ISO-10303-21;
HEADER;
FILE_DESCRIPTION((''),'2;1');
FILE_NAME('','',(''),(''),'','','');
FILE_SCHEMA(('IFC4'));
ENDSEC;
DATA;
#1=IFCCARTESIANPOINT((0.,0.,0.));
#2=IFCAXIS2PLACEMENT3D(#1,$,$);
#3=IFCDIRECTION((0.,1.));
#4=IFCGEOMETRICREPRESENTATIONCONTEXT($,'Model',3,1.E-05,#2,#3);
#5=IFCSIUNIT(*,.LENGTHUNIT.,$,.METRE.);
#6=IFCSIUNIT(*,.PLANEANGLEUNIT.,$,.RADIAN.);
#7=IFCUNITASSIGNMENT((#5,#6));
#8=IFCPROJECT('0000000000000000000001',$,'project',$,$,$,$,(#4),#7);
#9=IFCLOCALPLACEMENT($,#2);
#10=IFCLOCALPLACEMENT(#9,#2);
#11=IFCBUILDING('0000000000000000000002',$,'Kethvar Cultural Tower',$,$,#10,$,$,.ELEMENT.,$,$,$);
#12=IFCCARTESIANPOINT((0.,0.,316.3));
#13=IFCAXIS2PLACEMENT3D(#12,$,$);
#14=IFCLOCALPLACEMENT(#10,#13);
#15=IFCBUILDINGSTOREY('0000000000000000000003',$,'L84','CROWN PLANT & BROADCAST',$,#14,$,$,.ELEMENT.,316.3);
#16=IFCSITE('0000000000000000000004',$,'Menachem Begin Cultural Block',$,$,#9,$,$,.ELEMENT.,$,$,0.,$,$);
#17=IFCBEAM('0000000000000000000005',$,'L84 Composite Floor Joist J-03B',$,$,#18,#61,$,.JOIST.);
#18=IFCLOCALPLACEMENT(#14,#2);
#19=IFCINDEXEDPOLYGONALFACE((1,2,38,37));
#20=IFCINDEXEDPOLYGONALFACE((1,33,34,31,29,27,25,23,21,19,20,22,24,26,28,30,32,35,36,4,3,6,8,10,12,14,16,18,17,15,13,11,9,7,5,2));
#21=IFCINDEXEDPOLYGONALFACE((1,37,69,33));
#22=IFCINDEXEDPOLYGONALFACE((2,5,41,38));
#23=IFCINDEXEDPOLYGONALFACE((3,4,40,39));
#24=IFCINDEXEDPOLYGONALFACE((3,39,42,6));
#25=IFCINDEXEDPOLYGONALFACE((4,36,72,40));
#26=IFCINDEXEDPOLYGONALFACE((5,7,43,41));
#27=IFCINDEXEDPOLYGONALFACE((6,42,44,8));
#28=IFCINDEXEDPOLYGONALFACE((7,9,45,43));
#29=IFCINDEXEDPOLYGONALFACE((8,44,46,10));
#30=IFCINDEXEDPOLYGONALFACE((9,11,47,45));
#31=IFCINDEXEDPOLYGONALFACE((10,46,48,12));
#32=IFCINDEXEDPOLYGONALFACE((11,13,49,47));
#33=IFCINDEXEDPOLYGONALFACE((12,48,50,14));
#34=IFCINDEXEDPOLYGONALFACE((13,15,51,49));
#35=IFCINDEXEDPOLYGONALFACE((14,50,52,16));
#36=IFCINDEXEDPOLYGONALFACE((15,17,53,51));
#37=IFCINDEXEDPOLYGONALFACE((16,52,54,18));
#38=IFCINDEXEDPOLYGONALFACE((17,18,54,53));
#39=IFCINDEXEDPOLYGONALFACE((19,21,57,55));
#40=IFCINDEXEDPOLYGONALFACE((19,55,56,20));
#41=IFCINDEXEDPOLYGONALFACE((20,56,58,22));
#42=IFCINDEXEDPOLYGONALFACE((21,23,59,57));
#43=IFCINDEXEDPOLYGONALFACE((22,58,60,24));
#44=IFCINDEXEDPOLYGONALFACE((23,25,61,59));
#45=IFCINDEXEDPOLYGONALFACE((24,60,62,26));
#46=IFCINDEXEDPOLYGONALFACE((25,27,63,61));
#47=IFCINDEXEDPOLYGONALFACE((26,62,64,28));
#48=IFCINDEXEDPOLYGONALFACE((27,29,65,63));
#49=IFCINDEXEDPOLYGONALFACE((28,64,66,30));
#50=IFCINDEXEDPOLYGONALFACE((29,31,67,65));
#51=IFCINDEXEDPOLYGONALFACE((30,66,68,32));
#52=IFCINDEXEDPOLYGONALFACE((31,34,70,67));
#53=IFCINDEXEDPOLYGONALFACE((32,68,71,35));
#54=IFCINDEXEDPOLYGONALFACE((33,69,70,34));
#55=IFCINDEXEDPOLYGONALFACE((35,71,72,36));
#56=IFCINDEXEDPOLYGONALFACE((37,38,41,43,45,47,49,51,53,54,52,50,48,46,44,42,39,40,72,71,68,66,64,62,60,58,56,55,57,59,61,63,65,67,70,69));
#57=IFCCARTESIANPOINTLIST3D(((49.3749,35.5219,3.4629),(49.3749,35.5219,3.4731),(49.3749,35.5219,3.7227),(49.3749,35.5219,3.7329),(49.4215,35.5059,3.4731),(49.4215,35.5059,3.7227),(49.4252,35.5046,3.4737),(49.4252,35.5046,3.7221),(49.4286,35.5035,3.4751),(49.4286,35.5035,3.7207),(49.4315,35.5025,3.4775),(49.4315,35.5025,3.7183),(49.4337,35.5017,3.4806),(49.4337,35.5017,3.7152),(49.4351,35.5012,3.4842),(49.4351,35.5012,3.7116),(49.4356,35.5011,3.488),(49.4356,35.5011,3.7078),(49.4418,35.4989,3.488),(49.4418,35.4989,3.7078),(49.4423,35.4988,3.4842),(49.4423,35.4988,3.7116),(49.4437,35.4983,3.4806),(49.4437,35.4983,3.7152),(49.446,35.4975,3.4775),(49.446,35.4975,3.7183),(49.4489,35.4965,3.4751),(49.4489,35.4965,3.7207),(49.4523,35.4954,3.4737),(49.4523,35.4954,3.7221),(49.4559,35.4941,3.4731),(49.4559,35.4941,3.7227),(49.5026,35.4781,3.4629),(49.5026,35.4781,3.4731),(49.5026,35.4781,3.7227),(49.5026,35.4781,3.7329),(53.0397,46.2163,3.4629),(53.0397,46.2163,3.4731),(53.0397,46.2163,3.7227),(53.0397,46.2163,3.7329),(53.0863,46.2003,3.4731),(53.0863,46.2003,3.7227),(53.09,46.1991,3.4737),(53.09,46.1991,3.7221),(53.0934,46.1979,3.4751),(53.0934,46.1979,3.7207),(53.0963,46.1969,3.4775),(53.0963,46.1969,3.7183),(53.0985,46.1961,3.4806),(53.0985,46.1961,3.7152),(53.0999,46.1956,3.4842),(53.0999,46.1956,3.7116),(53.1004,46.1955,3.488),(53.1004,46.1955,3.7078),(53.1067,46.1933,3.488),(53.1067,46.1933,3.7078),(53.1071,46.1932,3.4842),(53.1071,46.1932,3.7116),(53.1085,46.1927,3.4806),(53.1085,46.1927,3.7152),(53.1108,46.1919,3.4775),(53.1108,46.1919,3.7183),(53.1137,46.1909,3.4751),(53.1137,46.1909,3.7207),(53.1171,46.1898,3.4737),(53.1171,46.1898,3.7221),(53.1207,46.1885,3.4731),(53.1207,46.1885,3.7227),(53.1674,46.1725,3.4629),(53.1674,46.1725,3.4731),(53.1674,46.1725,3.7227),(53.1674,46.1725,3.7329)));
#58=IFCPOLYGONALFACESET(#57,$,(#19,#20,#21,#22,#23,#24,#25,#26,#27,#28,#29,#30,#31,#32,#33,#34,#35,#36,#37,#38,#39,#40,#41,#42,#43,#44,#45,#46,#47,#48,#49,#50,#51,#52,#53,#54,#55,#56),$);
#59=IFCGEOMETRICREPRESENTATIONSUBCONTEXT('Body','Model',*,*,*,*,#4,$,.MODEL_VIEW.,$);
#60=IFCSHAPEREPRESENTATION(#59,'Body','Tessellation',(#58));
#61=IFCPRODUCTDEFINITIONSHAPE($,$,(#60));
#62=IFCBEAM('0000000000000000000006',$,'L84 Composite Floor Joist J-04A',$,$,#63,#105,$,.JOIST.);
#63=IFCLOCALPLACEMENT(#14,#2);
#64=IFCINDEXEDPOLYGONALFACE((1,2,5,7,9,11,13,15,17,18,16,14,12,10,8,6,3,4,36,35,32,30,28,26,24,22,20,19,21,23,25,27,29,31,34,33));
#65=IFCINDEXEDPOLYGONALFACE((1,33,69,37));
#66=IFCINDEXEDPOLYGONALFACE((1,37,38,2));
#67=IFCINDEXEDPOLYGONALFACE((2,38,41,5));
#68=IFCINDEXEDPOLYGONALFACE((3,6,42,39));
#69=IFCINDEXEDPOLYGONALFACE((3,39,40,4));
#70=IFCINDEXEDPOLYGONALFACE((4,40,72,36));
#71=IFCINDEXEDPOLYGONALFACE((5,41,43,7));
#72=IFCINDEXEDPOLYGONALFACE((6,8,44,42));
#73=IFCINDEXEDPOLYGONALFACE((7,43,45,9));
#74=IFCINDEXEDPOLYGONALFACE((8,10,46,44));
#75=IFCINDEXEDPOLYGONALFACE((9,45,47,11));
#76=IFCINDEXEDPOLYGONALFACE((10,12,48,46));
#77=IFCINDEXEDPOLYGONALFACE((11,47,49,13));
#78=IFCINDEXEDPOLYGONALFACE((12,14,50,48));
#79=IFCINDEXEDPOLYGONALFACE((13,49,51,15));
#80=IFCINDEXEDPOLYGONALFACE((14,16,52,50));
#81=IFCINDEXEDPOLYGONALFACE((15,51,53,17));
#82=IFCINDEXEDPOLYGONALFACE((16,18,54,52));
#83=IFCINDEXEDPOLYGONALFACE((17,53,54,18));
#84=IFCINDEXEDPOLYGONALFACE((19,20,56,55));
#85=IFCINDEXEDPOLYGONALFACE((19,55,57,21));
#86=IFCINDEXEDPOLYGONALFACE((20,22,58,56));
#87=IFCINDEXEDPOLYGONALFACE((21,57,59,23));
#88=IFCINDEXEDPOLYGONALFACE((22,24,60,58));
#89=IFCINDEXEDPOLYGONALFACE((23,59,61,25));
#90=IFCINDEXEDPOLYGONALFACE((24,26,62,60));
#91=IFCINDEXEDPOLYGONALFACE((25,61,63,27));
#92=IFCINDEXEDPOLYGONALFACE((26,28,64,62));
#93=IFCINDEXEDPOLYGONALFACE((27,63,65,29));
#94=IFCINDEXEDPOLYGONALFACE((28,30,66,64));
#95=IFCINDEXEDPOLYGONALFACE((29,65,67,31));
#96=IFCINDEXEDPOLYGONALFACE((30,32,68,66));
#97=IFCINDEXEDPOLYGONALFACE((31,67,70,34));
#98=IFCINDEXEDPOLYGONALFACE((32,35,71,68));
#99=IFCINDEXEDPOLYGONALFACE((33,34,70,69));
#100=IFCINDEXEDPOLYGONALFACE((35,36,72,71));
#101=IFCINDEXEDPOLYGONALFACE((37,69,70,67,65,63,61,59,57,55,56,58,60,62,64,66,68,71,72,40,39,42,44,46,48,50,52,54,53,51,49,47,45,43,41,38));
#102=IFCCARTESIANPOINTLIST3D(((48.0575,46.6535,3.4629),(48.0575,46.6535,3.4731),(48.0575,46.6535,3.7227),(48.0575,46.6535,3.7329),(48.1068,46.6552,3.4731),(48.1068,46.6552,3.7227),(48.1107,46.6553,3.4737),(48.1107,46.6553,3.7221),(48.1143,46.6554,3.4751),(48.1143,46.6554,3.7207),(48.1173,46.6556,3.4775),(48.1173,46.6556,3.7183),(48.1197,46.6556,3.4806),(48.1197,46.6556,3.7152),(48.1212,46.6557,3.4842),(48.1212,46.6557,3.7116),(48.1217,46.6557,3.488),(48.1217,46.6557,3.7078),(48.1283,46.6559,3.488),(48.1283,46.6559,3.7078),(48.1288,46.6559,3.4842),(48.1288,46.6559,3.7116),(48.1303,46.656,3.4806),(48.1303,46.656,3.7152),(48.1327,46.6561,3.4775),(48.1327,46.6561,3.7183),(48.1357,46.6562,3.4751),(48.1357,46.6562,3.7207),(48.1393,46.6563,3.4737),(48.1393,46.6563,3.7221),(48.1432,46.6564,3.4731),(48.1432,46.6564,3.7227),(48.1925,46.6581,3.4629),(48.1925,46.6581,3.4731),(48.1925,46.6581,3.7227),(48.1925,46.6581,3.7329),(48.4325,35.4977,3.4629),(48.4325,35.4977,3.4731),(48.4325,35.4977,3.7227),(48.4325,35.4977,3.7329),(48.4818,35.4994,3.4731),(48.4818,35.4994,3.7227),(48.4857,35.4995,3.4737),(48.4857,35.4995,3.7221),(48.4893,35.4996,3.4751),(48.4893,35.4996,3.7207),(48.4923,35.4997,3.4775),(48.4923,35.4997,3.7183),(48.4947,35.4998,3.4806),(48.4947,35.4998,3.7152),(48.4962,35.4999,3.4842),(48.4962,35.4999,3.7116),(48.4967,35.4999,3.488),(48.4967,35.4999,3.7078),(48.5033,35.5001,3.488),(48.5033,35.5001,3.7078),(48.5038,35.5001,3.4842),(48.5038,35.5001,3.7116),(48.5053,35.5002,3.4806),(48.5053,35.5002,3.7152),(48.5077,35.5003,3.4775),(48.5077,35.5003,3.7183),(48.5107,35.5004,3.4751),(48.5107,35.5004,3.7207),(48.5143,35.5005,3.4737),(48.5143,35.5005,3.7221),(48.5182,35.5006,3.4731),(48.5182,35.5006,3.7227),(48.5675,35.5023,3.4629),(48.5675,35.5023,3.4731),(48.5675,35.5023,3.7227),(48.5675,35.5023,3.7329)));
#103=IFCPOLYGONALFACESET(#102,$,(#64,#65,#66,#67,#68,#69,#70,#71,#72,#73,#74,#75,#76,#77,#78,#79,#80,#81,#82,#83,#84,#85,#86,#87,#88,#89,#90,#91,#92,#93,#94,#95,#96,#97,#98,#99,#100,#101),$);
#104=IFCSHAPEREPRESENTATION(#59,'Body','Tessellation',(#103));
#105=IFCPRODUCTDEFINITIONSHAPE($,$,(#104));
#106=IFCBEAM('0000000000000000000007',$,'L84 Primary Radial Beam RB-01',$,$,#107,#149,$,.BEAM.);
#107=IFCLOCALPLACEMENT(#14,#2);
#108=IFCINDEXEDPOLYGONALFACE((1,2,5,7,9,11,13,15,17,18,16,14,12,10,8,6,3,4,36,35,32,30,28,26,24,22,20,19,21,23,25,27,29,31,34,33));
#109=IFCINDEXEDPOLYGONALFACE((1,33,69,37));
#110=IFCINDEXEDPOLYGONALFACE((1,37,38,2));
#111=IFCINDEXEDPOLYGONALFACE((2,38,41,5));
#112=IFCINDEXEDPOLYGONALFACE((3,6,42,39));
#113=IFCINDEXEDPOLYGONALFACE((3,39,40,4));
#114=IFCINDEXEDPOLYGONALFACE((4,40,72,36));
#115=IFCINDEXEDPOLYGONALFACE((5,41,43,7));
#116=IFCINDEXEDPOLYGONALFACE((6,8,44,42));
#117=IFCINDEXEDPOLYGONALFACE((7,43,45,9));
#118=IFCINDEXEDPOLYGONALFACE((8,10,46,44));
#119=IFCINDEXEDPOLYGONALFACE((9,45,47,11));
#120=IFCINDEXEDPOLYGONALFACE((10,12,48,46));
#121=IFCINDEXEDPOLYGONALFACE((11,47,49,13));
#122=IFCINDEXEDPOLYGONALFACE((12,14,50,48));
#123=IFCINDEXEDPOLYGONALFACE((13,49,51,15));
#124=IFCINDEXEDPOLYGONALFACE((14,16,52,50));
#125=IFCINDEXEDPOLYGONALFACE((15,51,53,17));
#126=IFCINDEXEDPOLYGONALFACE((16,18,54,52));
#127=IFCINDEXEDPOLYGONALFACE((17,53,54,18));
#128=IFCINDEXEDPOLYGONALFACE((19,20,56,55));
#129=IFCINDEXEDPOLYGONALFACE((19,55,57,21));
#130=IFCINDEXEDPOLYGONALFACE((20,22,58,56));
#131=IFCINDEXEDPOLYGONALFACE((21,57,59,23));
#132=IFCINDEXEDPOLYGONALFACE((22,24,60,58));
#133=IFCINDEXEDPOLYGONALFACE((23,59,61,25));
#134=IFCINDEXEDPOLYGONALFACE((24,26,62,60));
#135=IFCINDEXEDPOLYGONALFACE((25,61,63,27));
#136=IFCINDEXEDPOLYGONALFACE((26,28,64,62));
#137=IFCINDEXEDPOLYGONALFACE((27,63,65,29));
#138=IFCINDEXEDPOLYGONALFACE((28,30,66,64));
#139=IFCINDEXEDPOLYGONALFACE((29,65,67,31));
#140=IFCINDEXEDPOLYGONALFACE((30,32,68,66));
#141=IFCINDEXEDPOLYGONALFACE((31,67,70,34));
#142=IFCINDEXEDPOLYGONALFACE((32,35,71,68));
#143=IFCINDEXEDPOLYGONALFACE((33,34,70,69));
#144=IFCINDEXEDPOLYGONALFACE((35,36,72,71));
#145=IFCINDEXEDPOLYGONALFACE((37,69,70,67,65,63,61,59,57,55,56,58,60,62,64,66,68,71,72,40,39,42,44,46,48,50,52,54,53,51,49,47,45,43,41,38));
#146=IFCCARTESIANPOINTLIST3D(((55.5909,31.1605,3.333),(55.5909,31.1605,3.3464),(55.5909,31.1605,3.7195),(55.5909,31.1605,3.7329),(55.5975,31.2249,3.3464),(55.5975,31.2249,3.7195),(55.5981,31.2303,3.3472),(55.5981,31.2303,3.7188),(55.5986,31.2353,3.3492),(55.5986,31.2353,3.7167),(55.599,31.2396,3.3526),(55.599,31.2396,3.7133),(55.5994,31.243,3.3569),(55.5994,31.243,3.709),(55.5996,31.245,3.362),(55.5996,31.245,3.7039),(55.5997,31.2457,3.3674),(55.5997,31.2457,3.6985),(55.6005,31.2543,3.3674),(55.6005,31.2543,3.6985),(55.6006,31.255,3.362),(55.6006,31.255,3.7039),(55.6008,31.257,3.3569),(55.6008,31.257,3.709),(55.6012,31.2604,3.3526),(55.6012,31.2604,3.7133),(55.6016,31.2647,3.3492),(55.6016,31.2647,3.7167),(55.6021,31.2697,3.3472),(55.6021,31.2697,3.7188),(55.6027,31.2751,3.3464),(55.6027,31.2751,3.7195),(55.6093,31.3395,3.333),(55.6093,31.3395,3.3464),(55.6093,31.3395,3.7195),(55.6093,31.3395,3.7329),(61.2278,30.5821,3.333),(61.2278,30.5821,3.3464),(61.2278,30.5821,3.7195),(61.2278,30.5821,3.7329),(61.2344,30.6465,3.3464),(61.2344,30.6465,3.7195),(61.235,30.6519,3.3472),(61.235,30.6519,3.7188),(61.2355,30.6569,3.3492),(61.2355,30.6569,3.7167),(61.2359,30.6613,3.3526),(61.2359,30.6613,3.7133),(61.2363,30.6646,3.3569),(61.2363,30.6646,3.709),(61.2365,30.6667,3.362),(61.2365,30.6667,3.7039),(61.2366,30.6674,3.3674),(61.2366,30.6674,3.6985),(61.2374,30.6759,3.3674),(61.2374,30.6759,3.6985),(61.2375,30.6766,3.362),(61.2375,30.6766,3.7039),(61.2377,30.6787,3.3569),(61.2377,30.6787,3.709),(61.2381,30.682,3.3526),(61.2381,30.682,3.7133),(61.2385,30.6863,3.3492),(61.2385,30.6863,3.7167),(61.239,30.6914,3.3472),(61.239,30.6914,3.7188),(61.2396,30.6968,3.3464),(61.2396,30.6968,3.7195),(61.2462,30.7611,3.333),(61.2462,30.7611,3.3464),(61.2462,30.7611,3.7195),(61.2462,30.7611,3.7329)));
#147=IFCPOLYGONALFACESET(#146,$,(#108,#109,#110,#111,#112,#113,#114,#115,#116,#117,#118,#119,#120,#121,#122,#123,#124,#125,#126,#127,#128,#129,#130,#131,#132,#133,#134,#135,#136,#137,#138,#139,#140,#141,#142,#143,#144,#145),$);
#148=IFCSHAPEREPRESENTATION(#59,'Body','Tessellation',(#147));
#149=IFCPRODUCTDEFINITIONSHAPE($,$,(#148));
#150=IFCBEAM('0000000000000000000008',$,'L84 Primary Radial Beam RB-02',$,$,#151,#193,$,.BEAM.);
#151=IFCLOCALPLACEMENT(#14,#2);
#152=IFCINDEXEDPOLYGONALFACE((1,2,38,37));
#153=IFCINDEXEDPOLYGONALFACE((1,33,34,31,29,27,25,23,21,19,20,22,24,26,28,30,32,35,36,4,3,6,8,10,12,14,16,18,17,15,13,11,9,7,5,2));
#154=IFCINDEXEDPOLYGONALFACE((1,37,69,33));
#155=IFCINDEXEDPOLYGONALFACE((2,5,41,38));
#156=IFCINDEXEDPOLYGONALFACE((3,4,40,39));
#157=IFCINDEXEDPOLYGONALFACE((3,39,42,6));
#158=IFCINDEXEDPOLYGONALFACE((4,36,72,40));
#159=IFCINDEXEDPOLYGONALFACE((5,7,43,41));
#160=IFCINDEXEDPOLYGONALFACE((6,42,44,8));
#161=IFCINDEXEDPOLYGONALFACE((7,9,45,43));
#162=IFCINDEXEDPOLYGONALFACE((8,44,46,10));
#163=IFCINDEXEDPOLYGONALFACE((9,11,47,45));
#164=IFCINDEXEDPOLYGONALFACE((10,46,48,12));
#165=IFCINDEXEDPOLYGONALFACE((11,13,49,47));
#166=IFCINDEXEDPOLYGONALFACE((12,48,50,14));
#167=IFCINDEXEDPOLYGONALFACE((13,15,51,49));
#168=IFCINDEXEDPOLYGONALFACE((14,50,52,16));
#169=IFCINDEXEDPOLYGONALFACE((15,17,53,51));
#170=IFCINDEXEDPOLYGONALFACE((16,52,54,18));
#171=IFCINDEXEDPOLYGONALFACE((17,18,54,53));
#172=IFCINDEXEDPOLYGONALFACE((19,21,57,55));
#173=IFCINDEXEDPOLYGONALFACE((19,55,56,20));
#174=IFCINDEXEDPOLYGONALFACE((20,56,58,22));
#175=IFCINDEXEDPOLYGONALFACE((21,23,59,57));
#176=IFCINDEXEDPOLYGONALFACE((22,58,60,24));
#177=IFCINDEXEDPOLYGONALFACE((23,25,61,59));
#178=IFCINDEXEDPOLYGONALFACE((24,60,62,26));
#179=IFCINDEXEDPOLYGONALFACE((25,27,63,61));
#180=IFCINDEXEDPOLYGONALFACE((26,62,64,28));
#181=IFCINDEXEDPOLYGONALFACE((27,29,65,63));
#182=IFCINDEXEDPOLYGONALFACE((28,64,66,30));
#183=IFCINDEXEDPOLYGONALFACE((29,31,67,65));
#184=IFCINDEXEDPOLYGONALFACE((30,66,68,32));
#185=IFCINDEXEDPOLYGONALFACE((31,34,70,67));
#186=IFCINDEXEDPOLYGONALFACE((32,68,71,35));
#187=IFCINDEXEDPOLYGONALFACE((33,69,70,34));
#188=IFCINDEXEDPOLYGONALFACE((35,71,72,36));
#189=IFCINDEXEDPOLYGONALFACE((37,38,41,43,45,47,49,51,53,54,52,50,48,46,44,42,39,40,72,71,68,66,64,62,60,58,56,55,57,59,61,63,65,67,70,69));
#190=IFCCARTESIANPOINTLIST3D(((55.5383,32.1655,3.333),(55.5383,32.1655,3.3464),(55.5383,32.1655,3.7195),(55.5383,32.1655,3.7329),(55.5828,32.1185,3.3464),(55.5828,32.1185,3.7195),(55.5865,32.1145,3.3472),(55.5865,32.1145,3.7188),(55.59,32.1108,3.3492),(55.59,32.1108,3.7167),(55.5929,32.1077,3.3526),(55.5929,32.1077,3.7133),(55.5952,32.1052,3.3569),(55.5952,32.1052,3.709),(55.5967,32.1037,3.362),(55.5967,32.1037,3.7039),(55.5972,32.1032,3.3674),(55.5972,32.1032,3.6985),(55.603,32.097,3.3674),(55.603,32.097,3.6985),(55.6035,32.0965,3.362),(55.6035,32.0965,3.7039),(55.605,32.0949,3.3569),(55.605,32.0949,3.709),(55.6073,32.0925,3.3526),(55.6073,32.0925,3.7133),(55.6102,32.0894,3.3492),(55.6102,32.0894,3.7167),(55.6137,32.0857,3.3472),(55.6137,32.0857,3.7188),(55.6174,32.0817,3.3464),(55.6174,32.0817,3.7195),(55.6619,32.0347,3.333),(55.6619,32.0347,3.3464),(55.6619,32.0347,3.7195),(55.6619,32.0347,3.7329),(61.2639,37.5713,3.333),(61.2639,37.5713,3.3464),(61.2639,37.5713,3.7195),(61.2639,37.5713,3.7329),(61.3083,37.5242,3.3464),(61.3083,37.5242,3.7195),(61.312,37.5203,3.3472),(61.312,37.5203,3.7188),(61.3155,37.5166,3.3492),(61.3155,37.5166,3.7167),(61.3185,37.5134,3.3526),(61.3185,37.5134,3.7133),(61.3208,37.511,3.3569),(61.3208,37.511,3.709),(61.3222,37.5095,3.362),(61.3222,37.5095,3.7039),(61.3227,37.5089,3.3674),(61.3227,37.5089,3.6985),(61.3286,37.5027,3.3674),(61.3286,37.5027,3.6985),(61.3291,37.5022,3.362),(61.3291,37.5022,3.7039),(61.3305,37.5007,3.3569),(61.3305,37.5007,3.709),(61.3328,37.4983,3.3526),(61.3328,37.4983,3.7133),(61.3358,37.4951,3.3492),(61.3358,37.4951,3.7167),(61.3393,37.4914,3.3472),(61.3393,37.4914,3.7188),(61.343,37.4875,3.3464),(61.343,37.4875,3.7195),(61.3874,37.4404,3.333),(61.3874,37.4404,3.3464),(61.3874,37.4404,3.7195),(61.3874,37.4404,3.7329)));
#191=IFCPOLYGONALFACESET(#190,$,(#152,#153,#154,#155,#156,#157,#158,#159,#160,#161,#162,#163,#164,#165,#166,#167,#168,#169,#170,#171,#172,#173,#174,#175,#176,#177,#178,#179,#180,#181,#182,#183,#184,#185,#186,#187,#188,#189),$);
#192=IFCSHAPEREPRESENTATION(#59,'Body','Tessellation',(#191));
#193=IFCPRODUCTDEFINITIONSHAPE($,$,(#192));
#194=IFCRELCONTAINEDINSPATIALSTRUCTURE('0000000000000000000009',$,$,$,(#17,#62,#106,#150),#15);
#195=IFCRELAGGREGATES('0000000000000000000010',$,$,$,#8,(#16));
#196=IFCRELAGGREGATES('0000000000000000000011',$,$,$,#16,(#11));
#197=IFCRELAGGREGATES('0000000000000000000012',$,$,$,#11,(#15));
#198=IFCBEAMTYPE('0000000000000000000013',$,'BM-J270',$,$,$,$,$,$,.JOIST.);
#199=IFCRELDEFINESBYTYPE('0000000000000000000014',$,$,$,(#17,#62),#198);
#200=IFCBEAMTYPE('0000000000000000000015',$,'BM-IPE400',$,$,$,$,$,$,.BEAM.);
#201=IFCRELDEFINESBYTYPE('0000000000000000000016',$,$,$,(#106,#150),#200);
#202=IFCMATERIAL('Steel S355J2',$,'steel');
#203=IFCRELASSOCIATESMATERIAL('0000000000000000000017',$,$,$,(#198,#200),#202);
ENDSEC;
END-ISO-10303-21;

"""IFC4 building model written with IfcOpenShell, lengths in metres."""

from ifc_helpers import new_model, si_unit, direction, frame, origin, origin_2d, place, context, subcontext, project, spatial, i_section, extrude, source, transform, mapped, material, material_profile, profile_set, type_object, element, save


model = new_model("IFC4")

# Units and contexts
model_context = context("Model", 3, precision=1e-05, world=origin(), true_north=direction((0.0, 1.0)))
body_context = subcontext(model_context, "Body", "Model", "MODEL_VIEW")
ifc_project = project(units=[si_unit("LENGTHUNIT", "METRE"), si_unit("PLANEANGLEUNIT", "RADIAN")], contexts=[model_context])

# Site, building, storey
site_placement = place(None, origin())
site = spatial("IfcSite", under=ifc_project, at=site_placement, Name="Menachem Begin Cultural Block", CompositionType="ELEMENT", RefElevation=0.0)
building_placement = place(site_placement, origin())
building = spatial("IfcBuilding", under=site, at=building_placement, Name="Kethvar Cultural Tower", CompositionType="ELEMENT")
storey_placement = place(building_placement, frame((0.0, 0.0, 316.3)))
storey = spatial("IfcBuildingStorey", under=building, at=storey_placement, Name="L84", Description="CROWN PLANT & BROADCAST", CompositionType="ELEMENT", Elevation=316.3)

# Beams
ifc_material_1 = material(Name="Steel S355J2", Category="steel")
ifc_material_profile_1 = material_profile(ifc_material_1, i_section(OverallWidth=0.135, OverallDepth=0.27, WebThickness=0.0066, FlangeThickness=0.0103, FilletRadius=0.0149, at=origin_2d()), Name="Steel S355J2 — IPE270")
ifc_profile_set_1 = profile_set([ifc_material_profile_1], Name="Steel S355J2 — IPE270")
beam_type_1 = type_object("IfcBeamType", Name="BM-J270", PredefinedType="JOIST", material=ifc_profile_set_1)
shared_shape_1 = source(origin(), body_context, "Body", "SweptSolid", [
    extrude(i_section(OverallWidth=0.135, OverallDepth=0.27, WebThickness=0.0066, FlangeThickness=0.0103, FilletRadius=0.0149, at=origin_2d()), origin(), (0.0, 0.0, 1.0), 11.3049),
])
beam_1_placement = place(storey_placement, frame((49.4387, 35.5, 3.5979), z_axis=(0.324179, 0.945996, 0.0), x_axis=(-0.945996, 0.324179, 0.0)))
element("IfcBeam", 1, at=beam_1_placement, inside=storey, type_object=beam_type_1, Name="L84 Composite Floor Joist J-03B", PredefinedType="JOIST", context=body_context, shape_type="MappedRepresentation", body=[
    mapped(shared_shape_1, transform((0.0, 0.0, 0.0), scale=1.0)),
])
shared_shape_2 = source(origin(), body_context, "Body", "SweptSolid", [
    extrude(i_section(OverallWidth=0.135, OverallDepth=0.27, WebThickness=0.0066, FlangeThickness=0.0103, FilletRadius=0.0149, at=origin_2d()), origin(), (0.0, 0.0, 1.0), 11.1621),
])
beam_2_placement = place(storey_placement, frame((48.5, 35.5, 3.5979), z_axis=(-0.033596, 0.999435, 0.0), x_axis=(-0.999435, -0.033596, 0.0)))
element("IfcBeam", 2, at=beam_2_placement, inside=storey, type_object=beam_type_1, Name="L84 Composite Floor Joist J-04A", PredefinedType="JOIST", context=body_context, shape_type="MappedRepresentation", body=[
    mapped(shared_shape_2, transform((0.0, 0.0, 0.0), scale=1.0)),
])
ifc_material_profile_2 = material_profile(ifc_material_1, i_section(OverallWidth=0.1799, OverallDepth=0.3999, WebThickness=0.0085, FlangeThickness=0.0134, FilletRadius=0.021, at=origin_2d()), Name="Steel S355J2 — IPE400")
ifc_profile_set_2 = profile_set([ifc_material_profile_2], Name="Steel S355J2 — IPE400")
beam_type_2 = type_object("IfcBeamType", Name="BM-IPE400", PredefinedType="BEAM", material=ifc_profile_set_2)
shared_shape_3 = source(origin(), body_context, "Body", "SweptSolid", [
    extrude(i_section(OverallWidth=0.1799, OverallDepth=0.3999, WebThickness=0.0085, FlangeThickness=0.0134, FilletRadius=0.021, at=origin_2d()), origin(), (0.0, 0.0, 1.0), 5.6665),
])
beam_3_placement = place(storey_placement, frame((55.6001, 31.25, 3.533), z_axis=(0.994778, -0.102067, 0.0), x_axis=(0.102067, 0.994778, 0.0)))
element("IfcBeam", 3, at=beam_3_placement, inside=storey, type_object=beam_type_2, Name="L84 Primary Radial Beam RB-01", PredefinedType="BEAM", context=body_context, shape_type="MappedRepresentation", body=[
    mapped(shared_shape_3, transform((0.0, 0.0, 0.0), scale=1.0)),
])
shared_shape_4 = source(origin(), body_context, "Body", "SweptSolid", [
    extrude(i_section(OverallWidth=0.1799, OverallDepth=0.3999, WebThickness=0.0085, FlangeThickness=0.0134, FilletRadius=0.021, at=origin_2d()), origin(), (0.0, 0.0, 1.0), 7.8743),
])
beam_4_placement = place(storey_placement, frame((55.6001, 32.1001, 3.533), z_axis=(0.727123, 0.686507, 0.0), x_axis=(-0.686507, 0.727123, 0.0)))
element("IfcBeam", 4, at=beam_4_placement, inside=storey, type_object=beam_type_2, Name="L84 Primary Radial Beam RB-02", PredefinedType="BEAM", context=body_context, shape_type="MappedRepresentation", body=[
    mapped(shared_shape_4, transform((0.0, 0.0, 0.0), scale=1.0)),
])

save(model, "model.ifc")
